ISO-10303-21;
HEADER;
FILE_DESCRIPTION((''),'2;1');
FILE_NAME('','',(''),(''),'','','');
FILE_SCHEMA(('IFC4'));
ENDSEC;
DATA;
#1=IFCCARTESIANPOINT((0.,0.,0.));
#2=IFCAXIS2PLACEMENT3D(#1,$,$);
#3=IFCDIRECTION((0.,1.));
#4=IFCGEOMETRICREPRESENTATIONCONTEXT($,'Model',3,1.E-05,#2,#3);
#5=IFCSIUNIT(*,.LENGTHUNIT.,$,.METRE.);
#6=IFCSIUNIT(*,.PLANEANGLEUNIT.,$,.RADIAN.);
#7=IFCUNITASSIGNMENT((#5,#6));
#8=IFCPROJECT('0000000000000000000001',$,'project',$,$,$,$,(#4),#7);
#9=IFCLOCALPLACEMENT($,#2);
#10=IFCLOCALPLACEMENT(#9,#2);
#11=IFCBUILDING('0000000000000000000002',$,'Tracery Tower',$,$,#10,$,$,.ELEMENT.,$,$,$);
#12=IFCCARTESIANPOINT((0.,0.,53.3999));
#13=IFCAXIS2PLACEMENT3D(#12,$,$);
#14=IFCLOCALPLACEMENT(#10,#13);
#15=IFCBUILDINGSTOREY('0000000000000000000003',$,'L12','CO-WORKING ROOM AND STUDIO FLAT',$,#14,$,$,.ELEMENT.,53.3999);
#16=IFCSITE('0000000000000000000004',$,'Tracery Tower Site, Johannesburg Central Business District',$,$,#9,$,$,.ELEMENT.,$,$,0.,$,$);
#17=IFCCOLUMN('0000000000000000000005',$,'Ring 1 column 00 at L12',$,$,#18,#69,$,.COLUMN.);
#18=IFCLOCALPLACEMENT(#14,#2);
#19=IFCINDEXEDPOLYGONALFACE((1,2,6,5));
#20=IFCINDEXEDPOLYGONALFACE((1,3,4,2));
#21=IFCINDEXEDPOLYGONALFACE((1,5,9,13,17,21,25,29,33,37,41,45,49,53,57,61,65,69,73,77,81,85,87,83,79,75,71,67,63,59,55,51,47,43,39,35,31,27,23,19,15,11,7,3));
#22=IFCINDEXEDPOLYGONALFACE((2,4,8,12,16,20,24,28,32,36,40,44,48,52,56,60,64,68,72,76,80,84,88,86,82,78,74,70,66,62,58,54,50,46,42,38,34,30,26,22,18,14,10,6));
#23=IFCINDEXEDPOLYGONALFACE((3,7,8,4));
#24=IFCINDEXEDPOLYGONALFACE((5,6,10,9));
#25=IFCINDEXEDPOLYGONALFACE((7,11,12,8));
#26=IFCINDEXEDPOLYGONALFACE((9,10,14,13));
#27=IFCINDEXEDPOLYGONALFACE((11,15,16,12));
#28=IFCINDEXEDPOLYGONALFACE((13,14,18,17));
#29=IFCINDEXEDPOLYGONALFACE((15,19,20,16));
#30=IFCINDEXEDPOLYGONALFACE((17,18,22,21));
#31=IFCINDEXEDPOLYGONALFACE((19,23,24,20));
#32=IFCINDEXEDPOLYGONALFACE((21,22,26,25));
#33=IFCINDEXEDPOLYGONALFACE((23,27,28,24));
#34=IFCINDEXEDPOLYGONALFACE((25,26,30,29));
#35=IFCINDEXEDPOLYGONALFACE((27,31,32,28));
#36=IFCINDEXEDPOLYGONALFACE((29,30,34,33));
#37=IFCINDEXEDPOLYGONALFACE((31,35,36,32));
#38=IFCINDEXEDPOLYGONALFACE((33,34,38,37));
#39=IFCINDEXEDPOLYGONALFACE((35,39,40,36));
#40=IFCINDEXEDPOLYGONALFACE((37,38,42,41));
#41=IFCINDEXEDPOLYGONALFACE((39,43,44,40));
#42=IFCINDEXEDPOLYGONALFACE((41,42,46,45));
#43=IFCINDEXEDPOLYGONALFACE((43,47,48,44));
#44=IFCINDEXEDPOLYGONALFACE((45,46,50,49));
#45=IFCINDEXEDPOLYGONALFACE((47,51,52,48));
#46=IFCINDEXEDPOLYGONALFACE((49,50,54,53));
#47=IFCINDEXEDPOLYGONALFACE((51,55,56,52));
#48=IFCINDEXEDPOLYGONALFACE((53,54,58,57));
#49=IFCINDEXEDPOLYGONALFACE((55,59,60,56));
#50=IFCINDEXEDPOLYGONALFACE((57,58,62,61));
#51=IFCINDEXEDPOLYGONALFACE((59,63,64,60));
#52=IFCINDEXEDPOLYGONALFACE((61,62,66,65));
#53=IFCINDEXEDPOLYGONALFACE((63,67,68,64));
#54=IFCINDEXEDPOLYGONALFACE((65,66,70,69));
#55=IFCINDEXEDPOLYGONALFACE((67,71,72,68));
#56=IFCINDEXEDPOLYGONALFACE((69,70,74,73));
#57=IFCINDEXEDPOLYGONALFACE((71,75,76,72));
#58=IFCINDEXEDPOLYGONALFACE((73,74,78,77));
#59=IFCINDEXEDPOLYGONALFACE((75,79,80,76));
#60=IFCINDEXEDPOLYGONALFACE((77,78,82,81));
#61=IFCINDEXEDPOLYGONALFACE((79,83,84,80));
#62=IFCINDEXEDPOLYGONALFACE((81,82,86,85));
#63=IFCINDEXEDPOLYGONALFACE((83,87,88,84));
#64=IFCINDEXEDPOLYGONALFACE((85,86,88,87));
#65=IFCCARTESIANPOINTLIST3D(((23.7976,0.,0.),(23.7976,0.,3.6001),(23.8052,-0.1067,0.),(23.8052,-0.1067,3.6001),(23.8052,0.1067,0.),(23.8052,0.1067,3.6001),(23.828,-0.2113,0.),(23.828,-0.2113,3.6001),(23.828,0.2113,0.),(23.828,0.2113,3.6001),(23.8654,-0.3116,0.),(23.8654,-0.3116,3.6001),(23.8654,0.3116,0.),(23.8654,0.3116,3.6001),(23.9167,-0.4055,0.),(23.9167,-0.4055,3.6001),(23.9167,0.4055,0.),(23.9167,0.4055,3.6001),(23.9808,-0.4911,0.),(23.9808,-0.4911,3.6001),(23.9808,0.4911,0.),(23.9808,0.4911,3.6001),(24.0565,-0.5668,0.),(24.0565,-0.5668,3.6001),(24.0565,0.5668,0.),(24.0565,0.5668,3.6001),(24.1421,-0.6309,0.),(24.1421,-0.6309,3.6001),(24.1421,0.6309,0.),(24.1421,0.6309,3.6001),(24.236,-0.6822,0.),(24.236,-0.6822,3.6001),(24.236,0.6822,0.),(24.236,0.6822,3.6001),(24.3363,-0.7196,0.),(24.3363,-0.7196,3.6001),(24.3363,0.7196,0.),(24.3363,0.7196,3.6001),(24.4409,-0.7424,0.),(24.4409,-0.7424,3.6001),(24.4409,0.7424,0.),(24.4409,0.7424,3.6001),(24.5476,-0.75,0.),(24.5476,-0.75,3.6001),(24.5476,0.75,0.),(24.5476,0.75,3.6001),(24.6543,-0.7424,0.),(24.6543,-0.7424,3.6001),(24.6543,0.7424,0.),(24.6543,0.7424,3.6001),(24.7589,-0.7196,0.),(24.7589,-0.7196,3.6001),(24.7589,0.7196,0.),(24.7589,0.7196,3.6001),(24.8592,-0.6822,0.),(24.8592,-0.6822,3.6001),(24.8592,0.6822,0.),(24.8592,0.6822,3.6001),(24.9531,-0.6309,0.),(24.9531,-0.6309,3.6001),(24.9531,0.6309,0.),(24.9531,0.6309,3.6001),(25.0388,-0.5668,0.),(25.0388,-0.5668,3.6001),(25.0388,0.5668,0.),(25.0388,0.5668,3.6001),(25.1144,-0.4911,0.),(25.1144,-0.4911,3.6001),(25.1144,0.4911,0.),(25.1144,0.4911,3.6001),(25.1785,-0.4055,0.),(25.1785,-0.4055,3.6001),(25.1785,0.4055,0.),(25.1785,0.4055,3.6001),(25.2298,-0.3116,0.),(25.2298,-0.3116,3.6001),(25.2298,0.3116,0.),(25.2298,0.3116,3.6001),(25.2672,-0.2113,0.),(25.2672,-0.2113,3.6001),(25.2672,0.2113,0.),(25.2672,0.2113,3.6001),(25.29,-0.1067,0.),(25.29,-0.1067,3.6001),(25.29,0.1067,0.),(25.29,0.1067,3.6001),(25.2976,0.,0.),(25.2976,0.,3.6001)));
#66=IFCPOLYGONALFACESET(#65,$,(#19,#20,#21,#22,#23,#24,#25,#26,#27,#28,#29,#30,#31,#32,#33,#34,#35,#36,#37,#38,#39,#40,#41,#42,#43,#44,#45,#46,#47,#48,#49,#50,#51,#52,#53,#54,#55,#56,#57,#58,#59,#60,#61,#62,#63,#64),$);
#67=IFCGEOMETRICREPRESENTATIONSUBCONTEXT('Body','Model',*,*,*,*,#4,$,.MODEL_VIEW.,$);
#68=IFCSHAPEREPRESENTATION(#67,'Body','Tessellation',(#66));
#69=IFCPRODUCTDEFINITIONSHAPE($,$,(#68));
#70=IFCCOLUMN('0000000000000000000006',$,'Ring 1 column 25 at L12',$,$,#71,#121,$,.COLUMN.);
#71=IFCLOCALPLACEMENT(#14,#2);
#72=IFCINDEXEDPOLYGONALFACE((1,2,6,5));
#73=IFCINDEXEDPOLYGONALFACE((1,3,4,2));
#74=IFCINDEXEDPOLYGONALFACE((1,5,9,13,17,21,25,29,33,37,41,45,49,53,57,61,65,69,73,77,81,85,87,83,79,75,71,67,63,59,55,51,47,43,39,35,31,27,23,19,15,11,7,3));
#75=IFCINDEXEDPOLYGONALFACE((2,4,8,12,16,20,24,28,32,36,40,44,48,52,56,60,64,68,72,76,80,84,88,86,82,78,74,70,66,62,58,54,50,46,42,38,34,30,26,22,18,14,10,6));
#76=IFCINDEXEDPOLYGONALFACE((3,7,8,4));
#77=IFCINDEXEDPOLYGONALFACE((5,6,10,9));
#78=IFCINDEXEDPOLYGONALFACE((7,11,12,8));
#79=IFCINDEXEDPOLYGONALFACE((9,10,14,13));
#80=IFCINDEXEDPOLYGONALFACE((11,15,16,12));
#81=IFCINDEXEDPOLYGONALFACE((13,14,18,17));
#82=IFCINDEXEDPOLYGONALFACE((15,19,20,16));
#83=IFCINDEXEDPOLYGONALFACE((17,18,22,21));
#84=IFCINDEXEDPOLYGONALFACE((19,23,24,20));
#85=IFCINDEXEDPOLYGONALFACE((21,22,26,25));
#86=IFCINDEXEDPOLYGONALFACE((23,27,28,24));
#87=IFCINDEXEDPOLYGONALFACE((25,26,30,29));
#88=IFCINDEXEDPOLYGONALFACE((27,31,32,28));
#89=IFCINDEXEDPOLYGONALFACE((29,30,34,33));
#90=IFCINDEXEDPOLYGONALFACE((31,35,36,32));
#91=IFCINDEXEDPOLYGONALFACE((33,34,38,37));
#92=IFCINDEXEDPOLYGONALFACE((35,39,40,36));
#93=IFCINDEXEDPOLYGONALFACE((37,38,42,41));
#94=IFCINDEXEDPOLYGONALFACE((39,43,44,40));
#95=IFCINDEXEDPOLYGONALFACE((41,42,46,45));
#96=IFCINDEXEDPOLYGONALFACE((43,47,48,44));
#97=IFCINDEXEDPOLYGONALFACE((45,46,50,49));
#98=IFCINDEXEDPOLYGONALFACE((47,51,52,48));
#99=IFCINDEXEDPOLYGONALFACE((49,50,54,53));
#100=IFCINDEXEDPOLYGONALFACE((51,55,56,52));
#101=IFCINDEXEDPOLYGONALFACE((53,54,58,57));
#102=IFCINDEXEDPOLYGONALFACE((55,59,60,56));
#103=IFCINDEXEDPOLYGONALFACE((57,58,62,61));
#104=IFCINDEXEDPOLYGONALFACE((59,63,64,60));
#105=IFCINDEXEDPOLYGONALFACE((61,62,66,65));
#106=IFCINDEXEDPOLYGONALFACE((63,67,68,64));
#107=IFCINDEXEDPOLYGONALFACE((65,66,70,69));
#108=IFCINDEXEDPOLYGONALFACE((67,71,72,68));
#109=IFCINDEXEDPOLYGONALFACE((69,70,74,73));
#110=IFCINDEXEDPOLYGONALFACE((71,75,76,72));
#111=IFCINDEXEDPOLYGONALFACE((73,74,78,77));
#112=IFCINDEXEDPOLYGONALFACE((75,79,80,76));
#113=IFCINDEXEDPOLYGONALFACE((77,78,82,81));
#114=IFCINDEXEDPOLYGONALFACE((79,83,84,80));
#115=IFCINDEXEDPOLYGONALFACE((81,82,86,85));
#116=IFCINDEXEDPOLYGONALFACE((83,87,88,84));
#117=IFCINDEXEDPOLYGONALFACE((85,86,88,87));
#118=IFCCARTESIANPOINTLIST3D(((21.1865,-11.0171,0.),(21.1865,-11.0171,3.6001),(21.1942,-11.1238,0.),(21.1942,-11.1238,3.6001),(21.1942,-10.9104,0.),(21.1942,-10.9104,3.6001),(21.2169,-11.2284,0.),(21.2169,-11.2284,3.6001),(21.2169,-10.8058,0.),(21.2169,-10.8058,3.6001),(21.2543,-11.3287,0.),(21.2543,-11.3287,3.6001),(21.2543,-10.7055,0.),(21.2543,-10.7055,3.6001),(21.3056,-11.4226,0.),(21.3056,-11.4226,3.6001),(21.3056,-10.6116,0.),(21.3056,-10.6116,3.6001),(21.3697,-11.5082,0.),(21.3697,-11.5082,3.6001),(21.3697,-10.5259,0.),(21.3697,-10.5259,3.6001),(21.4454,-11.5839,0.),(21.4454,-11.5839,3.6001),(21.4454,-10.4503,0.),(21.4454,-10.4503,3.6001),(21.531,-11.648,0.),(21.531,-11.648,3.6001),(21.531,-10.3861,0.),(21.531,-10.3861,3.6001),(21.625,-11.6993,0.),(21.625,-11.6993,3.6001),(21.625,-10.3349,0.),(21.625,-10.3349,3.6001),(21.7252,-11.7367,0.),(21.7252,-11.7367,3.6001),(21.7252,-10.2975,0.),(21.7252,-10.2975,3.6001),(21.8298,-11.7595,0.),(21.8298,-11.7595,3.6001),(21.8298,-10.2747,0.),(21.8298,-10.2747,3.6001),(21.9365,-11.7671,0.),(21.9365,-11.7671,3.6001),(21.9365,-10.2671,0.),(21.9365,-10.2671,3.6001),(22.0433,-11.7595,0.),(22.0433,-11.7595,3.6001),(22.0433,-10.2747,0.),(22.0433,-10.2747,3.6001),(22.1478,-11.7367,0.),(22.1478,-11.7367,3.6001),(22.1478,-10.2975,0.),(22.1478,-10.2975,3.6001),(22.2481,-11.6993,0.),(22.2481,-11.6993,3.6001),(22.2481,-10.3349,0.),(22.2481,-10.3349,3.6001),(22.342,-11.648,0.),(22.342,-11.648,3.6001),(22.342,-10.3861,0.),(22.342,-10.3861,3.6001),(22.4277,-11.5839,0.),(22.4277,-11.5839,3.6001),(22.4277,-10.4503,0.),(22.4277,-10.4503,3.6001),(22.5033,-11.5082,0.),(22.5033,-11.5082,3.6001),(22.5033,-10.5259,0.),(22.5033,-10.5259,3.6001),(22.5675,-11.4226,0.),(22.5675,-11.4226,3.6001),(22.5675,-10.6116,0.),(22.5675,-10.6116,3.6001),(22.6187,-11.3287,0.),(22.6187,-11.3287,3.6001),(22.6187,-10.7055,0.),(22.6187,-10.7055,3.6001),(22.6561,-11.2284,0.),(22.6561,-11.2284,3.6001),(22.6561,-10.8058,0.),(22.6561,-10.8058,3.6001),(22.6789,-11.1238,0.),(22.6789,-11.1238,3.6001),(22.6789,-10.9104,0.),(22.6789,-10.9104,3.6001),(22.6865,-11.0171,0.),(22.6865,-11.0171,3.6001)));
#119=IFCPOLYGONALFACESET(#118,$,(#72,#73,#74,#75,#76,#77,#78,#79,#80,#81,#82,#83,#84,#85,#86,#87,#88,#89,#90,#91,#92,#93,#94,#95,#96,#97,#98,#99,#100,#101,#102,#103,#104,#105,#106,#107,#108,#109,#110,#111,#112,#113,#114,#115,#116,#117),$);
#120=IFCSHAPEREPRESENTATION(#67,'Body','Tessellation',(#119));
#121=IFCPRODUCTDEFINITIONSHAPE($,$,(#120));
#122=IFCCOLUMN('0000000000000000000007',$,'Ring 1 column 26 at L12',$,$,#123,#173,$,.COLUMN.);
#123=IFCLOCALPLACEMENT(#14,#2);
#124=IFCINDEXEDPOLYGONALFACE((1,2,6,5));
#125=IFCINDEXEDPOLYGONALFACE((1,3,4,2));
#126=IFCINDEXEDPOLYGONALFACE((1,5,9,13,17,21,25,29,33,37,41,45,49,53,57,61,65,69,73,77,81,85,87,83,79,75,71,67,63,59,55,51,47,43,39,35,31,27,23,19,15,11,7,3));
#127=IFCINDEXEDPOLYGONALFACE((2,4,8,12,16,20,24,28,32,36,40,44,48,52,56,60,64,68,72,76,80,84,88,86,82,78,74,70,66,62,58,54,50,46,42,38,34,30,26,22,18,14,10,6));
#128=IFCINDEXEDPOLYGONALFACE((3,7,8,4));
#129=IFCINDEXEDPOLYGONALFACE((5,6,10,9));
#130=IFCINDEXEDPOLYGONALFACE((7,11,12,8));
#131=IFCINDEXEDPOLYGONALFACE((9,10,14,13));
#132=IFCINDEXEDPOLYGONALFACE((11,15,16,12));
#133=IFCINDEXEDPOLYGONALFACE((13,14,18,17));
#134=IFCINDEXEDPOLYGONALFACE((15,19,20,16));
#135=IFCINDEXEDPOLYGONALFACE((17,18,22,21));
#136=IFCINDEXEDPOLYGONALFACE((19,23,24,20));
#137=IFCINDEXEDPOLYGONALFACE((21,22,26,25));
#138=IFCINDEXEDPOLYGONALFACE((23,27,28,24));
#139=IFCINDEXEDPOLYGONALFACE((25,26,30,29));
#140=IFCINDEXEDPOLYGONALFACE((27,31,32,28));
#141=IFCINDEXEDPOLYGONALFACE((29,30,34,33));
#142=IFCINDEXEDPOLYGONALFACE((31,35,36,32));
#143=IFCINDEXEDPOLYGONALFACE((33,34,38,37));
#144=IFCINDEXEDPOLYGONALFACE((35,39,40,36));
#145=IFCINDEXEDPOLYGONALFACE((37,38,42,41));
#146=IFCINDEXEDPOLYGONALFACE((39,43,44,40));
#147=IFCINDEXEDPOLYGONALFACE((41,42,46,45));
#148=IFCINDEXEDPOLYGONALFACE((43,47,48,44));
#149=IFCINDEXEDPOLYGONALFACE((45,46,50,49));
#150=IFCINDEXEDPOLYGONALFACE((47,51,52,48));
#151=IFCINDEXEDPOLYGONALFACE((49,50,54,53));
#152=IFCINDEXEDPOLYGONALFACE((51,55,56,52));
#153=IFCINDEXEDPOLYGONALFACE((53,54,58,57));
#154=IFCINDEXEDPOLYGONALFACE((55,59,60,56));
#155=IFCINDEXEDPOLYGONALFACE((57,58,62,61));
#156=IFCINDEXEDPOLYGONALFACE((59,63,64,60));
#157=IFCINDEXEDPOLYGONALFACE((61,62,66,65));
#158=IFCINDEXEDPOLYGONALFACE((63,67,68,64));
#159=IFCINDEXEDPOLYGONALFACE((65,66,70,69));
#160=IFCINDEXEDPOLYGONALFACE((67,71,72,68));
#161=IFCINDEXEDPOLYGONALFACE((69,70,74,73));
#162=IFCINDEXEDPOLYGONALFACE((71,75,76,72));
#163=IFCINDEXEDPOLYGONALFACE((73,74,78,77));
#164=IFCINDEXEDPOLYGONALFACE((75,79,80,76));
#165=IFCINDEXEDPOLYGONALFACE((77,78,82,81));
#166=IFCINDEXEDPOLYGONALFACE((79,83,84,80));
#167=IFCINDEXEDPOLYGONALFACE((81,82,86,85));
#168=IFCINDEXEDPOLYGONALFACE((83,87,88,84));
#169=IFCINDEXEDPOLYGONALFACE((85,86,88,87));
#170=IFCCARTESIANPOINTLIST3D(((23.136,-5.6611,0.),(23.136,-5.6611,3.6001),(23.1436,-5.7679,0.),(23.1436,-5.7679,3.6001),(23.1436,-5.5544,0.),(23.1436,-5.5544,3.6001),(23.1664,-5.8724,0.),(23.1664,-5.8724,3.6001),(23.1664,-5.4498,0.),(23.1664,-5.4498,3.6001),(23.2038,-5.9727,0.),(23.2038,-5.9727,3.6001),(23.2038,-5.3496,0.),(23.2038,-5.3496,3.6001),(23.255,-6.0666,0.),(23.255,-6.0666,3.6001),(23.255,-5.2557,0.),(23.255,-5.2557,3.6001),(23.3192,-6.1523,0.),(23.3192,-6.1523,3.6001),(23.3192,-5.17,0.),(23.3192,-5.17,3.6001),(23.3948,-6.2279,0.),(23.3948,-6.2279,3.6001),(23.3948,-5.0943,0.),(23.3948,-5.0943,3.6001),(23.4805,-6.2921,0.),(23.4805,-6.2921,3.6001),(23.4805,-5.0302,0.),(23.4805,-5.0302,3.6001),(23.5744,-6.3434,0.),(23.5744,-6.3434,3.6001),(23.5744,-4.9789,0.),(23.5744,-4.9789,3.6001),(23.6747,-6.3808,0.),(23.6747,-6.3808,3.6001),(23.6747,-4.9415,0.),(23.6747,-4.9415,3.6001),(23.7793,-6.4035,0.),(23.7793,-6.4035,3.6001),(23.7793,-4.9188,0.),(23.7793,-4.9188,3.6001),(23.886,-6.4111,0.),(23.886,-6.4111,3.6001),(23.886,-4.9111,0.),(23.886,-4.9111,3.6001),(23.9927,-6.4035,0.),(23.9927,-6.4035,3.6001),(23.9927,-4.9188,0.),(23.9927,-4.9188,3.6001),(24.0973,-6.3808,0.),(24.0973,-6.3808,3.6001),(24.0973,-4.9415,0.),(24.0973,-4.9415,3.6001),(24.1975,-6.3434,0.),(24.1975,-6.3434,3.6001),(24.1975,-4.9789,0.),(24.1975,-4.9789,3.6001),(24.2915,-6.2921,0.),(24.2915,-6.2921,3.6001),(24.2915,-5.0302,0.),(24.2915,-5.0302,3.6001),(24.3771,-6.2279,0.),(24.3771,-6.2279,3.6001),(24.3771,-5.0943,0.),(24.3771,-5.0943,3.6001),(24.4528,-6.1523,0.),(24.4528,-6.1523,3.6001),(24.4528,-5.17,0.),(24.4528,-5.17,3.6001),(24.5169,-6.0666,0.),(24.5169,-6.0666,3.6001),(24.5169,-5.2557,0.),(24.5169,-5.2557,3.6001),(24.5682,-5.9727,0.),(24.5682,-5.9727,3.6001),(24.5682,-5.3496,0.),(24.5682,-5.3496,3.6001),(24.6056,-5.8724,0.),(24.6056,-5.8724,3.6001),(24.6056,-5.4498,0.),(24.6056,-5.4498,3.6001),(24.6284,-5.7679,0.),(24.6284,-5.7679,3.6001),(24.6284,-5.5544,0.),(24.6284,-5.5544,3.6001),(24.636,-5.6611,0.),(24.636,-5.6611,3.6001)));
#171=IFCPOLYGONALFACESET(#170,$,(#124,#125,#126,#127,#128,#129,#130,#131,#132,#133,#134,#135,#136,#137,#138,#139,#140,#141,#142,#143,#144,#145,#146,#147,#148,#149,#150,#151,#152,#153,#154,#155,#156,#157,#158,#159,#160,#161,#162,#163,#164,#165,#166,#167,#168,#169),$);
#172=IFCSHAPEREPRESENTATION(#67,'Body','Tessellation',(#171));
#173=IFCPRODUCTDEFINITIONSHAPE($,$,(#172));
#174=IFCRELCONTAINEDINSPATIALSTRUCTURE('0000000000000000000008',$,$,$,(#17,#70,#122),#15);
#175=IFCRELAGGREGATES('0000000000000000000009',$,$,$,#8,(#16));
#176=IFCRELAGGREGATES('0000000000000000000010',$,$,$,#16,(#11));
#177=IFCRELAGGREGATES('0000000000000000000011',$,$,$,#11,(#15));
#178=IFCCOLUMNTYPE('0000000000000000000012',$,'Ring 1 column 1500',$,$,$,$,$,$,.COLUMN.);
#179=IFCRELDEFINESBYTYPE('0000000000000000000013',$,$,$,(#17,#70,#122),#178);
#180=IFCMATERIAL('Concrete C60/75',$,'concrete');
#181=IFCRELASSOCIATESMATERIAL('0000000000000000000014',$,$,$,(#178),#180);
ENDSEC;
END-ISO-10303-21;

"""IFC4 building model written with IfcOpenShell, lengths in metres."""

from ifc_helpers import new_model, si_unit, direction, frame, origin, origin_2d, place, context, subcontext, project, spatial, circle, extrude, material, material_profile, profile_set, type_object, element, save


model = new_model("IFC4")

# Units and contexts
model_context = context("Model", 3, precision=1e-05, world=origin(), true_north=direction((0.0, 1.0)))
body_context = subcontext(model_context, "Body", "Model", "MODEL_VIEW")
ifc_project = project(units=[si_unit("LENGTHUNIT", "METRE"), si_unit("PLANEANGLEUNIT", "RADIAN")], contexts=[model_context])

# Site, building, storey
site_placement = place(None, origin())
site = spatial("IfcSite", under=ifc_project, at=site_placement, Name="Tracery Tower Site, Johannesburg Central Business District", CompositionType="ELEMENT", RefElevation=0.0)
building_placement = place(site_placement, origin())
building = spatial("IfcBuilding", under=site, at=building_placement, Name="Tracery Tower", CompositionType="ELEMENT")
storey_placement = place(building_placement, frame((0.0, 0.0, 53.3999)))
storey = spatial("IfcBuildingStorey", under=building, at=storey_placement, Name="L12", Description="CO-WORKING ROOM AND STUDIO FLAT", CompositionType="ELEMENT", Elevation=53.3999)

# Columns
ifc_material_1 = material(Name="Concrete C60/75", Category="concrete")
ifc_material_profile_1 = material_profile(ifc_material_1, circle(Radius=0.75, at=origin_2d()), Name="RC D1500")
ifc_profile_set_1 = profile_set([ifc_material_profile_1], Name="Concrete C60/75")
column_type_1 = type_object("IfcColumnType", Name="Ring 1 column 1500", PredefinedType="COLUMN", material=ifc_profile_set_1)
for number, where, z_axis, x_axis, name in (
    (1, (24.5476, 0.0, 0.0), (0.0, 0.0, 1.0), (1.0, 0.0, 0.0), "Ring 1 column 00 at L12"),
    (2, (21.9365, -11.0171, 0.0), (0.0, 0.0, 1.0), (1.0, 0.0, 0.0), "Ring 1 column 25 at L12"),
    (3, (23.886, -5.6611, 0.0), (0.0, 0.0, 1.0), (1.0, 0.0, 0.0), "Ring 1 column 26 at L12"),
):
    element("IfcColumn", number, at=place(storey_placement, frame(where, z_axis=z_axis, x_axis=x_axis)), inside=storey, type_object=column_type_1, Name=name, PredefinedType="COLUMN", context=body_context, shape_type="SweptSolid", body=[
        extrude(circle(Radius=0.75, at=origin_2d()), origin(), (0.0, 0.0, 1.0), 3.6001),
    ])

save(model, "model.ifc")
